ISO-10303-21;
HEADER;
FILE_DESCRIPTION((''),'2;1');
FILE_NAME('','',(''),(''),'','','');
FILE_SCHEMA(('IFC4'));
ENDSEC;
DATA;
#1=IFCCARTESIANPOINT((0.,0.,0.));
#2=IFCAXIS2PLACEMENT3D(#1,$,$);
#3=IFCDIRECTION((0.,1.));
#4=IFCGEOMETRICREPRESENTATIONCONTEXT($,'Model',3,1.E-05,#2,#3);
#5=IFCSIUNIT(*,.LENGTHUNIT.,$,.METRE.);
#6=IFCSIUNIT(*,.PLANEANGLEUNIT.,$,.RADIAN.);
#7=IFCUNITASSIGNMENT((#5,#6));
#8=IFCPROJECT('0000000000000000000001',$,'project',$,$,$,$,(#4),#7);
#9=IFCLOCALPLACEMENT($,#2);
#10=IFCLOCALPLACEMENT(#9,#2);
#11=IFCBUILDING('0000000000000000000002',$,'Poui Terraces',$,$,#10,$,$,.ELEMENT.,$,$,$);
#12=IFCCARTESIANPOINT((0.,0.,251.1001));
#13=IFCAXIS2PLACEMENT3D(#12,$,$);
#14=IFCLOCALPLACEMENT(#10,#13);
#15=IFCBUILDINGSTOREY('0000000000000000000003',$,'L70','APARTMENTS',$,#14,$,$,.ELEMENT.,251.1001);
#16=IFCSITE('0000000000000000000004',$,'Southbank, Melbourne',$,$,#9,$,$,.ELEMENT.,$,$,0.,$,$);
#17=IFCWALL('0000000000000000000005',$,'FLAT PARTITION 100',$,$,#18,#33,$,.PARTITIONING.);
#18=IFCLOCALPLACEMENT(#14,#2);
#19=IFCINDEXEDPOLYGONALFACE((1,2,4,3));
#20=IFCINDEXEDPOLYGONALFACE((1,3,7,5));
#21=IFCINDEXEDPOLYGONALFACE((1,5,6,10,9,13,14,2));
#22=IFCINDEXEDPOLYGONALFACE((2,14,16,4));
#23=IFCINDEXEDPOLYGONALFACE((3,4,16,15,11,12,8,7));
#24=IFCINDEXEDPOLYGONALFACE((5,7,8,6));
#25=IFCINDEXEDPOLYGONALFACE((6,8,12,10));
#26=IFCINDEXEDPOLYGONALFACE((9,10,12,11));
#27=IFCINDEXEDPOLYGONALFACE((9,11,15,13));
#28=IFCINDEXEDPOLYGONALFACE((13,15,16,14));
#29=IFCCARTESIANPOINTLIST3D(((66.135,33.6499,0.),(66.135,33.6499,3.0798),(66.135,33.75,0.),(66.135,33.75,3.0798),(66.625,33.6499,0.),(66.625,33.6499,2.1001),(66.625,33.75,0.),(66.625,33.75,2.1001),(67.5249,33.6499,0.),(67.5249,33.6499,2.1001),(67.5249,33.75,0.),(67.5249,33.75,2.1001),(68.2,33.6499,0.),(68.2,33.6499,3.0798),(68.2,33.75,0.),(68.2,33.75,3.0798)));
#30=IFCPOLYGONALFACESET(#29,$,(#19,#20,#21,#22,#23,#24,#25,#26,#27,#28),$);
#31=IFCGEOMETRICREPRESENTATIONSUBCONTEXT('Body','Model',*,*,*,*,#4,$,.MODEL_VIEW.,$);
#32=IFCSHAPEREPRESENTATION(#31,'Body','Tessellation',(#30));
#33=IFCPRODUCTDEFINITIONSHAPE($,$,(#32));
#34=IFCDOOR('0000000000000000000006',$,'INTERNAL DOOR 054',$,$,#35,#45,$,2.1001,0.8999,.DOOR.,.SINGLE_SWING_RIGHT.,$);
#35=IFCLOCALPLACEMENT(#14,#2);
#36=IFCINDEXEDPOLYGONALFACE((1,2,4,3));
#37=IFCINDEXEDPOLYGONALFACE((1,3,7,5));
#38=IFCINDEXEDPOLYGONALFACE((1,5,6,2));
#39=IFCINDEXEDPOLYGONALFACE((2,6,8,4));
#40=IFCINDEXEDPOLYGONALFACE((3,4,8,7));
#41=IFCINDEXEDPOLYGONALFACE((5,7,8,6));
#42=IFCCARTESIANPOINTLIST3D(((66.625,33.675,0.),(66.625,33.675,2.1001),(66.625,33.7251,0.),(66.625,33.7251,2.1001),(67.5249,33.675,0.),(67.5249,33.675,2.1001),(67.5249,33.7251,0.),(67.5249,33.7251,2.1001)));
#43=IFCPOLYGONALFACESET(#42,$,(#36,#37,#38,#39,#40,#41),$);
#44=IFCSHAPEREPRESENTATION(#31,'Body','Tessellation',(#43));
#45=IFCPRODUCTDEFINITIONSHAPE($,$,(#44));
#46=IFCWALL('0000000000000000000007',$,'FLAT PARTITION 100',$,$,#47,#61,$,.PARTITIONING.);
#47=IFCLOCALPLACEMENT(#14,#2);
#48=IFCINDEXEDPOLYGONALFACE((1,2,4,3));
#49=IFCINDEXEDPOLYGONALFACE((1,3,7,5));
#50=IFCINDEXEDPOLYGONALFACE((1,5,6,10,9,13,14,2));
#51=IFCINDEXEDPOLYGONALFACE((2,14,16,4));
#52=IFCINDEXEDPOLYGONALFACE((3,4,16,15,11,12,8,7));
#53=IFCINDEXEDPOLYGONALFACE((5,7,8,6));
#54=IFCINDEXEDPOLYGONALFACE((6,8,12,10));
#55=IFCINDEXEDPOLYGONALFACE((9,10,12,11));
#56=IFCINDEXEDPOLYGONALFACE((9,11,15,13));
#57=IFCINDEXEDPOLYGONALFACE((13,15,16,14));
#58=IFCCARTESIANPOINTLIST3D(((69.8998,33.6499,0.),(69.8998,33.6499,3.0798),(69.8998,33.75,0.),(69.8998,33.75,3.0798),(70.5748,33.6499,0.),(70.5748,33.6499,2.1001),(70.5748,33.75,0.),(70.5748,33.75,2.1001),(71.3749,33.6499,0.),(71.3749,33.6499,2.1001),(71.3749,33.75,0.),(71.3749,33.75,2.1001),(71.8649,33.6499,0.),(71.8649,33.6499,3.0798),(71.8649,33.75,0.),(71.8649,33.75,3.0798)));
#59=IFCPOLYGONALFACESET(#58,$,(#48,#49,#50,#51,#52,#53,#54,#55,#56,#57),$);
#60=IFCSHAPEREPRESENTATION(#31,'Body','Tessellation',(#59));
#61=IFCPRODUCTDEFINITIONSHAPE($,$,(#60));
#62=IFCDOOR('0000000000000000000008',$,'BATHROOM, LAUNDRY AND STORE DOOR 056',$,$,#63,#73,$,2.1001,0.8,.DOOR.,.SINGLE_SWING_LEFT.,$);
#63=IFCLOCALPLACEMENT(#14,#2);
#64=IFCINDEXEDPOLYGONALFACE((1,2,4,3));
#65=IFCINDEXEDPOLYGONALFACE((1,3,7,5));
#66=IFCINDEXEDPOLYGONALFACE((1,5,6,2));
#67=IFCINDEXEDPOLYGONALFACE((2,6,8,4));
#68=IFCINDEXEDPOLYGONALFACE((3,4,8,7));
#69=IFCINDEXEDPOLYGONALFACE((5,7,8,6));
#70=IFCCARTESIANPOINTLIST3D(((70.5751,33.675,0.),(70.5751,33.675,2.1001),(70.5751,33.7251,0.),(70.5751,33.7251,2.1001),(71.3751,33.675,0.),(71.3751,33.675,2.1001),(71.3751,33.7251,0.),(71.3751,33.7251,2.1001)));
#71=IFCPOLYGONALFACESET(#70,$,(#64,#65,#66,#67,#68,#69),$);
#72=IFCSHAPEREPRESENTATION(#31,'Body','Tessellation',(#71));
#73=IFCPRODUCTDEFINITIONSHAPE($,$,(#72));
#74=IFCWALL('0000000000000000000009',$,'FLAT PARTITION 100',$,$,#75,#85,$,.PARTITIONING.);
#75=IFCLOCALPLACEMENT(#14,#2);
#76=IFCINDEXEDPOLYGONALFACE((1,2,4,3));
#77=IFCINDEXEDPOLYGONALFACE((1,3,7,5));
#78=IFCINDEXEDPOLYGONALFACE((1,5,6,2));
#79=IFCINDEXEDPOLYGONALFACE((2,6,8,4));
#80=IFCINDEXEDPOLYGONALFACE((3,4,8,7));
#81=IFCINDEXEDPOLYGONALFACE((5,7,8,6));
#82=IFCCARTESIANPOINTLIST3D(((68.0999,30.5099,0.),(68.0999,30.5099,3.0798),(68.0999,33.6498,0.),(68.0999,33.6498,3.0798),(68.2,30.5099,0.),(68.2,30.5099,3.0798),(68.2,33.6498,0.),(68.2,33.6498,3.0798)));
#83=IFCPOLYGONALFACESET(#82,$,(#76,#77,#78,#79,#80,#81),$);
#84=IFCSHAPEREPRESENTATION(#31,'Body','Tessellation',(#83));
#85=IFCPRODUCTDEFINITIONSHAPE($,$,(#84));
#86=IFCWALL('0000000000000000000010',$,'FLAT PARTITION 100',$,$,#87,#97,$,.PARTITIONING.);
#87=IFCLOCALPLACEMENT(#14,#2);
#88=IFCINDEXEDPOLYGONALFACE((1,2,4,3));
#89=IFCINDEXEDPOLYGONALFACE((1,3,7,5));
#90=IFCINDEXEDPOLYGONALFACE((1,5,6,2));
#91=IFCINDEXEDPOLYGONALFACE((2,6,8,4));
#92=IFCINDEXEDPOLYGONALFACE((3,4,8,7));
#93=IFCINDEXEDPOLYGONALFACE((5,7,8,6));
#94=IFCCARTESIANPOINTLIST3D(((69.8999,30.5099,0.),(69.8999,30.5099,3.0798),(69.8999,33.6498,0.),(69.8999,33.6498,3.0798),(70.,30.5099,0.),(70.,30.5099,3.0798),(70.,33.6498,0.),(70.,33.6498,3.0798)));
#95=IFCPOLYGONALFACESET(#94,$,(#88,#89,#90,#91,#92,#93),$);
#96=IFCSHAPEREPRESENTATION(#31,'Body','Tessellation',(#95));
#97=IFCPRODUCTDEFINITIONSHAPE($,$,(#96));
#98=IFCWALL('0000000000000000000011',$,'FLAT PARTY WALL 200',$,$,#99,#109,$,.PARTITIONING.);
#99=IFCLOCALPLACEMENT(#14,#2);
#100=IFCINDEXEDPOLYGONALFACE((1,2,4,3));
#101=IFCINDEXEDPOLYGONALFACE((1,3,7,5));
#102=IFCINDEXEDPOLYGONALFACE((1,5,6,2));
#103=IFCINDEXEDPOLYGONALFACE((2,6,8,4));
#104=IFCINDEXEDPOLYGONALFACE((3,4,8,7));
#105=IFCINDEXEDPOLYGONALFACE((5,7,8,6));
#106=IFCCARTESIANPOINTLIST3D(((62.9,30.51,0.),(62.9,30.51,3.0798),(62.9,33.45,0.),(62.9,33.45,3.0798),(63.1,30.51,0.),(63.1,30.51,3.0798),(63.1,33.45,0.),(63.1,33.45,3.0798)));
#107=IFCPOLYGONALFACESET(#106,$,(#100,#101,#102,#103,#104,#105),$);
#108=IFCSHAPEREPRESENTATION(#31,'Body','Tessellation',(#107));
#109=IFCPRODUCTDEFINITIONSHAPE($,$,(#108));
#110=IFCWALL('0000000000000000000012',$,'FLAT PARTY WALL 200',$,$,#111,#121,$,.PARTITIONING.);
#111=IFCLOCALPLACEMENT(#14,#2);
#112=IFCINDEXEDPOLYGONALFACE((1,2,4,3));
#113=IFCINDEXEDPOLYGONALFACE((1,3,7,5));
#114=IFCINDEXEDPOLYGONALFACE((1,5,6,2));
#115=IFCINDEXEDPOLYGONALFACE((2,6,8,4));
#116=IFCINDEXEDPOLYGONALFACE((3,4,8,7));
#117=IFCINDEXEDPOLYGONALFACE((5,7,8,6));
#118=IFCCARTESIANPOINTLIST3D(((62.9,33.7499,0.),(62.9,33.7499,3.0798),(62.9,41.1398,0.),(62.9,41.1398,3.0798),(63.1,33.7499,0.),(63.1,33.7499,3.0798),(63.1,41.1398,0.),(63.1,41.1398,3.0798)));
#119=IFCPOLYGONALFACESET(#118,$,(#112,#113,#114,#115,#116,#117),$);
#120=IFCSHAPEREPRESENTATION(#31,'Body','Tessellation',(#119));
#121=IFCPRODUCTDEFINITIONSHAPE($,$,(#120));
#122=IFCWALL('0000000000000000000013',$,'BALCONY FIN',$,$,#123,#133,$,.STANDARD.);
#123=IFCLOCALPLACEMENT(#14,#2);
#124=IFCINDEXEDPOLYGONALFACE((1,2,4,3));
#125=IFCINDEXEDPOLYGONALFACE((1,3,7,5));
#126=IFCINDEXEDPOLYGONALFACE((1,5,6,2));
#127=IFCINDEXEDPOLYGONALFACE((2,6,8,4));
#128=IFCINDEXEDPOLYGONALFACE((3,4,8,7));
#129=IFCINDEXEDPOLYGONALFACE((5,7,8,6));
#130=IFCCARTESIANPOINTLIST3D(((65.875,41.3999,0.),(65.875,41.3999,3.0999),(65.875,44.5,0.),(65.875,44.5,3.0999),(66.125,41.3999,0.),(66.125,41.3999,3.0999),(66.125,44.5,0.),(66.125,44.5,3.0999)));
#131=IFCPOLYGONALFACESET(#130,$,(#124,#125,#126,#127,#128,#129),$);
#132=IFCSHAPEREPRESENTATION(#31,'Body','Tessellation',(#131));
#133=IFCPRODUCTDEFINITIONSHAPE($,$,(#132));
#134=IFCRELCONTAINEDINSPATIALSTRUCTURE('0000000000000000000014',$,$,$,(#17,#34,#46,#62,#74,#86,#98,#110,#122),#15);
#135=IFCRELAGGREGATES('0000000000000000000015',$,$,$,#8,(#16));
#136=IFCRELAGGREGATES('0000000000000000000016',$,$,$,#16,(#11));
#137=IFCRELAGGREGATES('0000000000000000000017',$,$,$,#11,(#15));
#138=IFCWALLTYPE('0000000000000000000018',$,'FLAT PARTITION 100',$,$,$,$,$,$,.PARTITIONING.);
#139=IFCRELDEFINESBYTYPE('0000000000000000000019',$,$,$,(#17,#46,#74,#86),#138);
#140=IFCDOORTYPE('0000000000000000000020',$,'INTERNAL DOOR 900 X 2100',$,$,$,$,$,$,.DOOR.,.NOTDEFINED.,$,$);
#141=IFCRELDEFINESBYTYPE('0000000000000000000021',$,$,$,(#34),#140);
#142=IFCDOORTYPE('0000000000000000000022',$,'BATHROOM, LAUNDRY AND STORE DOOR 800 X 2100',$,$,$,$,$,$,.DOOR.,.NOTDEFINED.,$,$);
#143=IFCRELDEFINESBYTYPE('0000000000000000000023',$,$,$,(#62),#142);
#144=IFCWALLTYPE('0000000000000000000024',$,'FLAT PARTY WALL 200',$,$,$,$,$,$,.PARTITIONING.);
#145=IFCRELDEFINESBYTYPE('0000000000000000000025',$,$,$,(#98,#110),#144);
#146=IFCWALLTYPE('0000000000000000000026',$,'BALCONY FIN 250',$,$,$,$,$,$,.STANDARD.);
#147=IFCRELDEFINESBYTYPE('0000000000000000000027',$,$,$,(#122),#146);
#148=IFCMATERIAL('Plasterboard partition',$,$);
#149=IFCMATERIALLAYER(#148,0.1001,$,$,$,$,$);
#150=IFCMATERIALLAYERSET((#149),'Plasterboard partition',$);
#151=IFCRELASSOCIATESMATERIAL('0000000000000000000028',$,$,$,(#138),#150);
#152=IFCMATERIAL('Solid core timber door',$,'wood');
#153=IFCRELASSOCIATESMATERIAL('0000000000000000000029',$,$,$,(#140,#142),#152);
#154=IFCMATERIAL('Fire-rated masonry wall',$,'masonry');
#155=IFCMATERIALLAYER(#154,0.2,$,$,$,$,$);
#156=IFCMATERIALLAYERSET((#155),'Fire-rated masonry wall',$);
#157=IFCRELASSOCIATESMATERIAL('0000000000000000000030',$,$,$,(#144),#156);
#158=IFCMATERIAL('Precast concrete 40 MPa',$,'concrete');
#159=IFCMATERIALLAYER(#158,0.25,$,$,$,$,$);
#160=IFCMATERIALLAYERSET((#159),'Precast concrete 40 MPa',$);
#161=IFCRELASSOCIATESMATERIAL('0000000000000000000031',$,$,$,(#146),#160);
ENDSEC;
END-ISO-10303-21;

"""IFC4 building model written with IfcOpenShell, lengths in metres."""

from ifc_helpers import new_model, si_unit, direction, frame, frame_2d, origin, place, context, subcontext, project, spatial, polyline, rectangle, outline, extrude, source, transform, mapped, material, layer, layer_set, type_object, element, fill, save


model = new_model("IFC4")

# Units and contexts
model_context = context("Model", 3, precision=1e-05, world=origin(), true_north=direction((0.0, 1.0)))
body_context = subcontext(model_context, "Body", "Model", "MODEL_VIEW")
ifc_project = project(units=[si_unit("LENGTHUNIT", "METRE"), si_unit("PLANEANGLEUNIT", "RADIAN")], contexts=[model_context])

# Site, building, storey
site_placement = place(None, origin())
site = spatial("IfcSite", under=ifc_project, at=site_placement, Name="Southbank, Melbourne", CompositionType="ELEMENT", RefElevation=0.0)
building_placement = place(site_placement, origin())
building = spatial("IfcBuilding", under=site, at=building_placement, Name="Poui Terraces", CompositionType="ELEMENT")
storey_placement = place(building_placement, frame((0.0, 0.0, 251.1001)))
storey = spatial("IfcBuildingStorey", under=building, at=storey_placement, Name="L70", Description="APARTMENTS", CompositionType="ELEMENT", Elevation=251.1001)

# Walls, openings, doors
ifc_material_1 = material(Name="Plasterboard partition")
ifc_layer_1 = layer(ifc_material_1, 0.1001)
ifc_layer_set_1 = layer_set([ifc_layer_1], Name="Plasterboard partition")
wall_type_1 = type_object("IfcWallType", Name="FLAT PARTITION 100", PredefinedType="PARTITIONING", material=ifc_layer_set_1)
wall_1_placement = place(storey_placement, frame((66.135, 33.7, 0.0), z_axis=(0.0, 0.0, 1.0), x_axis=(1.0, 0.0, 0.0)))
wall_1 = element("IfcWall", 1, at=wall_1_placement, inside=storey, type_object=wall_type_1, Name="FLAT PARTITION 100", PredefinedType="PARTITIONING", context=body_context, shape_type="SweptSolid", body=[
    extrude(rectangle(XDim=2.0649, YDim=0.1001, at=frame_2d((1.0325, 0.0))), origin(), (0.0, 0.0, 1.0), 3.0798),
])
opening_1_placement = place(wall_1_placement, frame((0.49, 0.0, 0.0)))
opening_1 = element("IfcOpeningElement", 2, at=opening_1_placement, cuts=wall_1, PredefinedType="OPENING", context=body_context, shape_type="SweptSolid", body=[
    extrude(rectangle(XDim=0.8999, YDim=2.1001, at=frame_2d((0.45, 1.05))), frame((0.0, 0.0601, 0.0), z_axis=(0.0, -1.0, 0.0), x_axis=(1.0, 0.0, 0.0)), (0.0, 0.0, 1.0), 0.1201),
])
ifc_material_2 = material(Name="Solid core timber door", Category="wood")
door_type_1 = type_object("IfcDoorType", Name="INTERNAL DOOR 900 X 2100", OperationType="NOTDEFINED", PredefinedType="DOOR", material=ifc_material_2)
door_1_placement = place(opening_1_placement, frame((0.8999, 0.0, 0.0), z_axis=(0.0, 0.0, 1.0), x_axis=(-1.0, 0.0, 0.0)))
door_1 = element("IfcDoor", 3, at=door_1_placement, inside=storey, type_object=door_type_1, Name="INTERNAL DOOR 054", OperationType="SINGLE_SWING_RIGHT", OverallHeight=2.1001, OverallWidth=0.8999, PredefinedType="DOOR", context=body_context, shape_type="SweptSolid", body=[
    extrude(rectangle(XDim=0.8999, YDim=2.1001, at=frame_2d((0.45, 1.05))), frame((0.0, 0.0249, 0.0), z_axis=(0.0, -1.0, 0.0), x_axis=(1.0, 0.0, 0.0)), (0.0, 0.0, 1.0), 0.05),
])
fill(opening_1, door_1)
wall_2_placement = place(storey_placement, frame((69.8999, 33.7, 0.0), z_axis=(0.0, 0.0, 1.0), x_axis=(1.0, 0.0, 0.0)))
wall_2 = element("IfcWall", 4, at=wall_2_placement, inside=storey, type_object=wall_type_1, Name="FLAT PARTITION 100", PredefinedType="PARTITIONING", context=body_context, shape_type="SweptSolid", body=[
    extrude(rectangle(XDim=1.9651, YDim=0.1001, at=frame_2d((0.9824, 0.0))), origin(), (0.0, 0.0, 1.0), 3.0798),
])
opening_2_placement = place(wall_2_placement, frame((0.675, 0.0, 0.0)))
opening_2 = element("IfcOpeningElement", 5, at=opening_2_placement, cuts=wall_2, PredefinedType="OPENING", context=body_context, shape_type="SweptSolid", body=[
    extrude(rectangle(XDim=0.8, YDim=2.1001, at=frame_2d((0.3999, 1.05))), frame((0.0, 0.0601, 0.0), z_axis=(0.0, -1.0, 0.0), x_axis=(1.0, 0.0, 0.0)), (0.0, 0.0, 1.0), 0.1201),
])
door_type_2 = type_object("IfcDoorType", Name="BATHROOM, LAUNDRY AND STORE DOOR 800 X 2100", OperationType="NOTDEFINED", PredefinedType="DOOR", material=ifc_material_2)
door_2_placement = place(opening_2_placement, frame((0.8, 0.0, 0.0), z_axis=(0.0, 0.0, 1.0), x_axis=(-1.0, 0.0, 0.0)))
door_2 = element("IfcDoor", 6, at=door_2_placement, inside=storey, type_object=door_type_2, Name="BATHROOM, LAUNDRY AND STORE DOOR 056", OperationType="SINGLE_SWING_LEFT", OverallHeight=2.1001, OverallWidth=0.8, PredefinedType="DOOR", context=body_context, shape_type="SweptSolid", body=[
    extrude(rectangle(XDim=0.8, YDim=2.1001, at=frame_2d((0.3999, 1.05))), frame((0.0, 0.0249, 0.0), z_axis=(0.0, -1.0, 0.0), x_axis=(1.0, 0.0, 0.0)), (0.0, 0.0, 1.0), 0.05),
])
fill(opening_2, door_2)

# Walls
for number, where, z_axis, x_axis, name in (
    (7, (68.1499, 30.51, 0.0), (0.0, 0.0, 1.0), (0.0, 1.0, 0.0), "FLAT PARTITION 100"),
    (8, (69.95, 30.51, 0.0), (0.0, 0.0, 1.0), (0.0, 1.0, 0.0), "FLAT PARTITION 100"),
):
    element("IfcWall", number, at=place(storey_placement, frame(where, z_axis=z_axis, x_axis=x_axis)), inside=storey, type_object=wall_type_1, Name=name, PredefinedType="PARTITIONING", context=body_context, shape_type="SweptSolid", body=[
        extrude(rectangle(XDim=3.1399, YDim=0.1001, at=frame_2d((1.5698, 0.0))), origin(), (0.0, 0.0, 1.0), 3.0798),
    ])
ifc_material_3 = material(Name="Fire-rated masonry wall", Category="masonry")
ifc_layer_2 = layer(ifc_material_3, 0.2)
ifc_layer_set_2 = layer_set([ifc_layer_2], Name="Fire-rated masonry wall")
wall_type_2 = type_object("IfcWallType", Name="FLAT PARTY WALL 200", PredefinedType="PARTITIONING", material=ifc_layer_set_2)
wall_3_placement = place(storey_placement, frame((63.0, 30.51, 0.0), z_axis=(0.0, 0.0, 1.0), x_axis=(0.0, 1.0, 0.0)))
element("IfcWall", 9, at=wall_3_placement, inside=storey, type_object=wall_type_2, Name="FLAT PARTY WALL 200", PredefinedType="PARTITIONING", context=body_context, shape_type="SweptSolid", body=[
    extrude(rectangle(XDim=2.9399, YDim=0.2, at=frame_2d((1.47, 0.0))), origin(), (0.0, 0.0, 1.0), 3.0798),
])
wall_4_placement = place(storey_placement, frame((63.0, 33.75, 0.0), z_axis=(0.0, 0.0, 1.0), x_axis=(0.0, 1.0, 0.0)))
element("IfcWall", 10, at=wall_4_placement, inside=storey, type_object=wall_type_2, Name="FLAT PARTY WALL 200", PredefinedType="PARTITIONING", context=body_context, shape_type="SweptSolid", body=[
    extrude(rectangle(XDim=7.3899, YDim=0.2, at=frame_2d((3.6948, 0.0))), origin(), (0.0, 0.0, 1.0), 3.0798),
])
ifc_material_4 = material(Name="Precast concrete 40 MPa", Category="concrete")
ifc_layer_3 = layer(ifc_material_4, 0.25)
ifc_layer_set_3 = layer_set([ifc_layer_3], Name="Precast concrete 40 MPa")
wall_type_3 = type_object("IfcWallType", Name="BALCONY FIN 250", PredefinedType="STANDARD", material=ifc_layer_set_3)
shared_shape_1 = source(origin(), body_context, "Body", "SweptSolid", [
    extrude(outline(polyline([(0.0, 0.0), (0.25, 0.0), (0.25, 3.1001), (0.0, 3.1001), (0.0, 0.0)])), origin(), (0.0, 0.0, 1.0), 3.0999),
])
wall_5_placement = place(storey_placement, frame((65.875, 41.3999, 0.0)))
element("IfcWall", 11, at=wall_5_placement, inside=storey, type_object=wall_type_3, Name="BALCONY FIN", PredefinedType="STANDARD", context=body_context, shape_type="MappedRepresentation", body=[
    mapped(shared_shape_1, transform((0.0, 0.0, 0.0))),
])

save(model, "model.ifc")
